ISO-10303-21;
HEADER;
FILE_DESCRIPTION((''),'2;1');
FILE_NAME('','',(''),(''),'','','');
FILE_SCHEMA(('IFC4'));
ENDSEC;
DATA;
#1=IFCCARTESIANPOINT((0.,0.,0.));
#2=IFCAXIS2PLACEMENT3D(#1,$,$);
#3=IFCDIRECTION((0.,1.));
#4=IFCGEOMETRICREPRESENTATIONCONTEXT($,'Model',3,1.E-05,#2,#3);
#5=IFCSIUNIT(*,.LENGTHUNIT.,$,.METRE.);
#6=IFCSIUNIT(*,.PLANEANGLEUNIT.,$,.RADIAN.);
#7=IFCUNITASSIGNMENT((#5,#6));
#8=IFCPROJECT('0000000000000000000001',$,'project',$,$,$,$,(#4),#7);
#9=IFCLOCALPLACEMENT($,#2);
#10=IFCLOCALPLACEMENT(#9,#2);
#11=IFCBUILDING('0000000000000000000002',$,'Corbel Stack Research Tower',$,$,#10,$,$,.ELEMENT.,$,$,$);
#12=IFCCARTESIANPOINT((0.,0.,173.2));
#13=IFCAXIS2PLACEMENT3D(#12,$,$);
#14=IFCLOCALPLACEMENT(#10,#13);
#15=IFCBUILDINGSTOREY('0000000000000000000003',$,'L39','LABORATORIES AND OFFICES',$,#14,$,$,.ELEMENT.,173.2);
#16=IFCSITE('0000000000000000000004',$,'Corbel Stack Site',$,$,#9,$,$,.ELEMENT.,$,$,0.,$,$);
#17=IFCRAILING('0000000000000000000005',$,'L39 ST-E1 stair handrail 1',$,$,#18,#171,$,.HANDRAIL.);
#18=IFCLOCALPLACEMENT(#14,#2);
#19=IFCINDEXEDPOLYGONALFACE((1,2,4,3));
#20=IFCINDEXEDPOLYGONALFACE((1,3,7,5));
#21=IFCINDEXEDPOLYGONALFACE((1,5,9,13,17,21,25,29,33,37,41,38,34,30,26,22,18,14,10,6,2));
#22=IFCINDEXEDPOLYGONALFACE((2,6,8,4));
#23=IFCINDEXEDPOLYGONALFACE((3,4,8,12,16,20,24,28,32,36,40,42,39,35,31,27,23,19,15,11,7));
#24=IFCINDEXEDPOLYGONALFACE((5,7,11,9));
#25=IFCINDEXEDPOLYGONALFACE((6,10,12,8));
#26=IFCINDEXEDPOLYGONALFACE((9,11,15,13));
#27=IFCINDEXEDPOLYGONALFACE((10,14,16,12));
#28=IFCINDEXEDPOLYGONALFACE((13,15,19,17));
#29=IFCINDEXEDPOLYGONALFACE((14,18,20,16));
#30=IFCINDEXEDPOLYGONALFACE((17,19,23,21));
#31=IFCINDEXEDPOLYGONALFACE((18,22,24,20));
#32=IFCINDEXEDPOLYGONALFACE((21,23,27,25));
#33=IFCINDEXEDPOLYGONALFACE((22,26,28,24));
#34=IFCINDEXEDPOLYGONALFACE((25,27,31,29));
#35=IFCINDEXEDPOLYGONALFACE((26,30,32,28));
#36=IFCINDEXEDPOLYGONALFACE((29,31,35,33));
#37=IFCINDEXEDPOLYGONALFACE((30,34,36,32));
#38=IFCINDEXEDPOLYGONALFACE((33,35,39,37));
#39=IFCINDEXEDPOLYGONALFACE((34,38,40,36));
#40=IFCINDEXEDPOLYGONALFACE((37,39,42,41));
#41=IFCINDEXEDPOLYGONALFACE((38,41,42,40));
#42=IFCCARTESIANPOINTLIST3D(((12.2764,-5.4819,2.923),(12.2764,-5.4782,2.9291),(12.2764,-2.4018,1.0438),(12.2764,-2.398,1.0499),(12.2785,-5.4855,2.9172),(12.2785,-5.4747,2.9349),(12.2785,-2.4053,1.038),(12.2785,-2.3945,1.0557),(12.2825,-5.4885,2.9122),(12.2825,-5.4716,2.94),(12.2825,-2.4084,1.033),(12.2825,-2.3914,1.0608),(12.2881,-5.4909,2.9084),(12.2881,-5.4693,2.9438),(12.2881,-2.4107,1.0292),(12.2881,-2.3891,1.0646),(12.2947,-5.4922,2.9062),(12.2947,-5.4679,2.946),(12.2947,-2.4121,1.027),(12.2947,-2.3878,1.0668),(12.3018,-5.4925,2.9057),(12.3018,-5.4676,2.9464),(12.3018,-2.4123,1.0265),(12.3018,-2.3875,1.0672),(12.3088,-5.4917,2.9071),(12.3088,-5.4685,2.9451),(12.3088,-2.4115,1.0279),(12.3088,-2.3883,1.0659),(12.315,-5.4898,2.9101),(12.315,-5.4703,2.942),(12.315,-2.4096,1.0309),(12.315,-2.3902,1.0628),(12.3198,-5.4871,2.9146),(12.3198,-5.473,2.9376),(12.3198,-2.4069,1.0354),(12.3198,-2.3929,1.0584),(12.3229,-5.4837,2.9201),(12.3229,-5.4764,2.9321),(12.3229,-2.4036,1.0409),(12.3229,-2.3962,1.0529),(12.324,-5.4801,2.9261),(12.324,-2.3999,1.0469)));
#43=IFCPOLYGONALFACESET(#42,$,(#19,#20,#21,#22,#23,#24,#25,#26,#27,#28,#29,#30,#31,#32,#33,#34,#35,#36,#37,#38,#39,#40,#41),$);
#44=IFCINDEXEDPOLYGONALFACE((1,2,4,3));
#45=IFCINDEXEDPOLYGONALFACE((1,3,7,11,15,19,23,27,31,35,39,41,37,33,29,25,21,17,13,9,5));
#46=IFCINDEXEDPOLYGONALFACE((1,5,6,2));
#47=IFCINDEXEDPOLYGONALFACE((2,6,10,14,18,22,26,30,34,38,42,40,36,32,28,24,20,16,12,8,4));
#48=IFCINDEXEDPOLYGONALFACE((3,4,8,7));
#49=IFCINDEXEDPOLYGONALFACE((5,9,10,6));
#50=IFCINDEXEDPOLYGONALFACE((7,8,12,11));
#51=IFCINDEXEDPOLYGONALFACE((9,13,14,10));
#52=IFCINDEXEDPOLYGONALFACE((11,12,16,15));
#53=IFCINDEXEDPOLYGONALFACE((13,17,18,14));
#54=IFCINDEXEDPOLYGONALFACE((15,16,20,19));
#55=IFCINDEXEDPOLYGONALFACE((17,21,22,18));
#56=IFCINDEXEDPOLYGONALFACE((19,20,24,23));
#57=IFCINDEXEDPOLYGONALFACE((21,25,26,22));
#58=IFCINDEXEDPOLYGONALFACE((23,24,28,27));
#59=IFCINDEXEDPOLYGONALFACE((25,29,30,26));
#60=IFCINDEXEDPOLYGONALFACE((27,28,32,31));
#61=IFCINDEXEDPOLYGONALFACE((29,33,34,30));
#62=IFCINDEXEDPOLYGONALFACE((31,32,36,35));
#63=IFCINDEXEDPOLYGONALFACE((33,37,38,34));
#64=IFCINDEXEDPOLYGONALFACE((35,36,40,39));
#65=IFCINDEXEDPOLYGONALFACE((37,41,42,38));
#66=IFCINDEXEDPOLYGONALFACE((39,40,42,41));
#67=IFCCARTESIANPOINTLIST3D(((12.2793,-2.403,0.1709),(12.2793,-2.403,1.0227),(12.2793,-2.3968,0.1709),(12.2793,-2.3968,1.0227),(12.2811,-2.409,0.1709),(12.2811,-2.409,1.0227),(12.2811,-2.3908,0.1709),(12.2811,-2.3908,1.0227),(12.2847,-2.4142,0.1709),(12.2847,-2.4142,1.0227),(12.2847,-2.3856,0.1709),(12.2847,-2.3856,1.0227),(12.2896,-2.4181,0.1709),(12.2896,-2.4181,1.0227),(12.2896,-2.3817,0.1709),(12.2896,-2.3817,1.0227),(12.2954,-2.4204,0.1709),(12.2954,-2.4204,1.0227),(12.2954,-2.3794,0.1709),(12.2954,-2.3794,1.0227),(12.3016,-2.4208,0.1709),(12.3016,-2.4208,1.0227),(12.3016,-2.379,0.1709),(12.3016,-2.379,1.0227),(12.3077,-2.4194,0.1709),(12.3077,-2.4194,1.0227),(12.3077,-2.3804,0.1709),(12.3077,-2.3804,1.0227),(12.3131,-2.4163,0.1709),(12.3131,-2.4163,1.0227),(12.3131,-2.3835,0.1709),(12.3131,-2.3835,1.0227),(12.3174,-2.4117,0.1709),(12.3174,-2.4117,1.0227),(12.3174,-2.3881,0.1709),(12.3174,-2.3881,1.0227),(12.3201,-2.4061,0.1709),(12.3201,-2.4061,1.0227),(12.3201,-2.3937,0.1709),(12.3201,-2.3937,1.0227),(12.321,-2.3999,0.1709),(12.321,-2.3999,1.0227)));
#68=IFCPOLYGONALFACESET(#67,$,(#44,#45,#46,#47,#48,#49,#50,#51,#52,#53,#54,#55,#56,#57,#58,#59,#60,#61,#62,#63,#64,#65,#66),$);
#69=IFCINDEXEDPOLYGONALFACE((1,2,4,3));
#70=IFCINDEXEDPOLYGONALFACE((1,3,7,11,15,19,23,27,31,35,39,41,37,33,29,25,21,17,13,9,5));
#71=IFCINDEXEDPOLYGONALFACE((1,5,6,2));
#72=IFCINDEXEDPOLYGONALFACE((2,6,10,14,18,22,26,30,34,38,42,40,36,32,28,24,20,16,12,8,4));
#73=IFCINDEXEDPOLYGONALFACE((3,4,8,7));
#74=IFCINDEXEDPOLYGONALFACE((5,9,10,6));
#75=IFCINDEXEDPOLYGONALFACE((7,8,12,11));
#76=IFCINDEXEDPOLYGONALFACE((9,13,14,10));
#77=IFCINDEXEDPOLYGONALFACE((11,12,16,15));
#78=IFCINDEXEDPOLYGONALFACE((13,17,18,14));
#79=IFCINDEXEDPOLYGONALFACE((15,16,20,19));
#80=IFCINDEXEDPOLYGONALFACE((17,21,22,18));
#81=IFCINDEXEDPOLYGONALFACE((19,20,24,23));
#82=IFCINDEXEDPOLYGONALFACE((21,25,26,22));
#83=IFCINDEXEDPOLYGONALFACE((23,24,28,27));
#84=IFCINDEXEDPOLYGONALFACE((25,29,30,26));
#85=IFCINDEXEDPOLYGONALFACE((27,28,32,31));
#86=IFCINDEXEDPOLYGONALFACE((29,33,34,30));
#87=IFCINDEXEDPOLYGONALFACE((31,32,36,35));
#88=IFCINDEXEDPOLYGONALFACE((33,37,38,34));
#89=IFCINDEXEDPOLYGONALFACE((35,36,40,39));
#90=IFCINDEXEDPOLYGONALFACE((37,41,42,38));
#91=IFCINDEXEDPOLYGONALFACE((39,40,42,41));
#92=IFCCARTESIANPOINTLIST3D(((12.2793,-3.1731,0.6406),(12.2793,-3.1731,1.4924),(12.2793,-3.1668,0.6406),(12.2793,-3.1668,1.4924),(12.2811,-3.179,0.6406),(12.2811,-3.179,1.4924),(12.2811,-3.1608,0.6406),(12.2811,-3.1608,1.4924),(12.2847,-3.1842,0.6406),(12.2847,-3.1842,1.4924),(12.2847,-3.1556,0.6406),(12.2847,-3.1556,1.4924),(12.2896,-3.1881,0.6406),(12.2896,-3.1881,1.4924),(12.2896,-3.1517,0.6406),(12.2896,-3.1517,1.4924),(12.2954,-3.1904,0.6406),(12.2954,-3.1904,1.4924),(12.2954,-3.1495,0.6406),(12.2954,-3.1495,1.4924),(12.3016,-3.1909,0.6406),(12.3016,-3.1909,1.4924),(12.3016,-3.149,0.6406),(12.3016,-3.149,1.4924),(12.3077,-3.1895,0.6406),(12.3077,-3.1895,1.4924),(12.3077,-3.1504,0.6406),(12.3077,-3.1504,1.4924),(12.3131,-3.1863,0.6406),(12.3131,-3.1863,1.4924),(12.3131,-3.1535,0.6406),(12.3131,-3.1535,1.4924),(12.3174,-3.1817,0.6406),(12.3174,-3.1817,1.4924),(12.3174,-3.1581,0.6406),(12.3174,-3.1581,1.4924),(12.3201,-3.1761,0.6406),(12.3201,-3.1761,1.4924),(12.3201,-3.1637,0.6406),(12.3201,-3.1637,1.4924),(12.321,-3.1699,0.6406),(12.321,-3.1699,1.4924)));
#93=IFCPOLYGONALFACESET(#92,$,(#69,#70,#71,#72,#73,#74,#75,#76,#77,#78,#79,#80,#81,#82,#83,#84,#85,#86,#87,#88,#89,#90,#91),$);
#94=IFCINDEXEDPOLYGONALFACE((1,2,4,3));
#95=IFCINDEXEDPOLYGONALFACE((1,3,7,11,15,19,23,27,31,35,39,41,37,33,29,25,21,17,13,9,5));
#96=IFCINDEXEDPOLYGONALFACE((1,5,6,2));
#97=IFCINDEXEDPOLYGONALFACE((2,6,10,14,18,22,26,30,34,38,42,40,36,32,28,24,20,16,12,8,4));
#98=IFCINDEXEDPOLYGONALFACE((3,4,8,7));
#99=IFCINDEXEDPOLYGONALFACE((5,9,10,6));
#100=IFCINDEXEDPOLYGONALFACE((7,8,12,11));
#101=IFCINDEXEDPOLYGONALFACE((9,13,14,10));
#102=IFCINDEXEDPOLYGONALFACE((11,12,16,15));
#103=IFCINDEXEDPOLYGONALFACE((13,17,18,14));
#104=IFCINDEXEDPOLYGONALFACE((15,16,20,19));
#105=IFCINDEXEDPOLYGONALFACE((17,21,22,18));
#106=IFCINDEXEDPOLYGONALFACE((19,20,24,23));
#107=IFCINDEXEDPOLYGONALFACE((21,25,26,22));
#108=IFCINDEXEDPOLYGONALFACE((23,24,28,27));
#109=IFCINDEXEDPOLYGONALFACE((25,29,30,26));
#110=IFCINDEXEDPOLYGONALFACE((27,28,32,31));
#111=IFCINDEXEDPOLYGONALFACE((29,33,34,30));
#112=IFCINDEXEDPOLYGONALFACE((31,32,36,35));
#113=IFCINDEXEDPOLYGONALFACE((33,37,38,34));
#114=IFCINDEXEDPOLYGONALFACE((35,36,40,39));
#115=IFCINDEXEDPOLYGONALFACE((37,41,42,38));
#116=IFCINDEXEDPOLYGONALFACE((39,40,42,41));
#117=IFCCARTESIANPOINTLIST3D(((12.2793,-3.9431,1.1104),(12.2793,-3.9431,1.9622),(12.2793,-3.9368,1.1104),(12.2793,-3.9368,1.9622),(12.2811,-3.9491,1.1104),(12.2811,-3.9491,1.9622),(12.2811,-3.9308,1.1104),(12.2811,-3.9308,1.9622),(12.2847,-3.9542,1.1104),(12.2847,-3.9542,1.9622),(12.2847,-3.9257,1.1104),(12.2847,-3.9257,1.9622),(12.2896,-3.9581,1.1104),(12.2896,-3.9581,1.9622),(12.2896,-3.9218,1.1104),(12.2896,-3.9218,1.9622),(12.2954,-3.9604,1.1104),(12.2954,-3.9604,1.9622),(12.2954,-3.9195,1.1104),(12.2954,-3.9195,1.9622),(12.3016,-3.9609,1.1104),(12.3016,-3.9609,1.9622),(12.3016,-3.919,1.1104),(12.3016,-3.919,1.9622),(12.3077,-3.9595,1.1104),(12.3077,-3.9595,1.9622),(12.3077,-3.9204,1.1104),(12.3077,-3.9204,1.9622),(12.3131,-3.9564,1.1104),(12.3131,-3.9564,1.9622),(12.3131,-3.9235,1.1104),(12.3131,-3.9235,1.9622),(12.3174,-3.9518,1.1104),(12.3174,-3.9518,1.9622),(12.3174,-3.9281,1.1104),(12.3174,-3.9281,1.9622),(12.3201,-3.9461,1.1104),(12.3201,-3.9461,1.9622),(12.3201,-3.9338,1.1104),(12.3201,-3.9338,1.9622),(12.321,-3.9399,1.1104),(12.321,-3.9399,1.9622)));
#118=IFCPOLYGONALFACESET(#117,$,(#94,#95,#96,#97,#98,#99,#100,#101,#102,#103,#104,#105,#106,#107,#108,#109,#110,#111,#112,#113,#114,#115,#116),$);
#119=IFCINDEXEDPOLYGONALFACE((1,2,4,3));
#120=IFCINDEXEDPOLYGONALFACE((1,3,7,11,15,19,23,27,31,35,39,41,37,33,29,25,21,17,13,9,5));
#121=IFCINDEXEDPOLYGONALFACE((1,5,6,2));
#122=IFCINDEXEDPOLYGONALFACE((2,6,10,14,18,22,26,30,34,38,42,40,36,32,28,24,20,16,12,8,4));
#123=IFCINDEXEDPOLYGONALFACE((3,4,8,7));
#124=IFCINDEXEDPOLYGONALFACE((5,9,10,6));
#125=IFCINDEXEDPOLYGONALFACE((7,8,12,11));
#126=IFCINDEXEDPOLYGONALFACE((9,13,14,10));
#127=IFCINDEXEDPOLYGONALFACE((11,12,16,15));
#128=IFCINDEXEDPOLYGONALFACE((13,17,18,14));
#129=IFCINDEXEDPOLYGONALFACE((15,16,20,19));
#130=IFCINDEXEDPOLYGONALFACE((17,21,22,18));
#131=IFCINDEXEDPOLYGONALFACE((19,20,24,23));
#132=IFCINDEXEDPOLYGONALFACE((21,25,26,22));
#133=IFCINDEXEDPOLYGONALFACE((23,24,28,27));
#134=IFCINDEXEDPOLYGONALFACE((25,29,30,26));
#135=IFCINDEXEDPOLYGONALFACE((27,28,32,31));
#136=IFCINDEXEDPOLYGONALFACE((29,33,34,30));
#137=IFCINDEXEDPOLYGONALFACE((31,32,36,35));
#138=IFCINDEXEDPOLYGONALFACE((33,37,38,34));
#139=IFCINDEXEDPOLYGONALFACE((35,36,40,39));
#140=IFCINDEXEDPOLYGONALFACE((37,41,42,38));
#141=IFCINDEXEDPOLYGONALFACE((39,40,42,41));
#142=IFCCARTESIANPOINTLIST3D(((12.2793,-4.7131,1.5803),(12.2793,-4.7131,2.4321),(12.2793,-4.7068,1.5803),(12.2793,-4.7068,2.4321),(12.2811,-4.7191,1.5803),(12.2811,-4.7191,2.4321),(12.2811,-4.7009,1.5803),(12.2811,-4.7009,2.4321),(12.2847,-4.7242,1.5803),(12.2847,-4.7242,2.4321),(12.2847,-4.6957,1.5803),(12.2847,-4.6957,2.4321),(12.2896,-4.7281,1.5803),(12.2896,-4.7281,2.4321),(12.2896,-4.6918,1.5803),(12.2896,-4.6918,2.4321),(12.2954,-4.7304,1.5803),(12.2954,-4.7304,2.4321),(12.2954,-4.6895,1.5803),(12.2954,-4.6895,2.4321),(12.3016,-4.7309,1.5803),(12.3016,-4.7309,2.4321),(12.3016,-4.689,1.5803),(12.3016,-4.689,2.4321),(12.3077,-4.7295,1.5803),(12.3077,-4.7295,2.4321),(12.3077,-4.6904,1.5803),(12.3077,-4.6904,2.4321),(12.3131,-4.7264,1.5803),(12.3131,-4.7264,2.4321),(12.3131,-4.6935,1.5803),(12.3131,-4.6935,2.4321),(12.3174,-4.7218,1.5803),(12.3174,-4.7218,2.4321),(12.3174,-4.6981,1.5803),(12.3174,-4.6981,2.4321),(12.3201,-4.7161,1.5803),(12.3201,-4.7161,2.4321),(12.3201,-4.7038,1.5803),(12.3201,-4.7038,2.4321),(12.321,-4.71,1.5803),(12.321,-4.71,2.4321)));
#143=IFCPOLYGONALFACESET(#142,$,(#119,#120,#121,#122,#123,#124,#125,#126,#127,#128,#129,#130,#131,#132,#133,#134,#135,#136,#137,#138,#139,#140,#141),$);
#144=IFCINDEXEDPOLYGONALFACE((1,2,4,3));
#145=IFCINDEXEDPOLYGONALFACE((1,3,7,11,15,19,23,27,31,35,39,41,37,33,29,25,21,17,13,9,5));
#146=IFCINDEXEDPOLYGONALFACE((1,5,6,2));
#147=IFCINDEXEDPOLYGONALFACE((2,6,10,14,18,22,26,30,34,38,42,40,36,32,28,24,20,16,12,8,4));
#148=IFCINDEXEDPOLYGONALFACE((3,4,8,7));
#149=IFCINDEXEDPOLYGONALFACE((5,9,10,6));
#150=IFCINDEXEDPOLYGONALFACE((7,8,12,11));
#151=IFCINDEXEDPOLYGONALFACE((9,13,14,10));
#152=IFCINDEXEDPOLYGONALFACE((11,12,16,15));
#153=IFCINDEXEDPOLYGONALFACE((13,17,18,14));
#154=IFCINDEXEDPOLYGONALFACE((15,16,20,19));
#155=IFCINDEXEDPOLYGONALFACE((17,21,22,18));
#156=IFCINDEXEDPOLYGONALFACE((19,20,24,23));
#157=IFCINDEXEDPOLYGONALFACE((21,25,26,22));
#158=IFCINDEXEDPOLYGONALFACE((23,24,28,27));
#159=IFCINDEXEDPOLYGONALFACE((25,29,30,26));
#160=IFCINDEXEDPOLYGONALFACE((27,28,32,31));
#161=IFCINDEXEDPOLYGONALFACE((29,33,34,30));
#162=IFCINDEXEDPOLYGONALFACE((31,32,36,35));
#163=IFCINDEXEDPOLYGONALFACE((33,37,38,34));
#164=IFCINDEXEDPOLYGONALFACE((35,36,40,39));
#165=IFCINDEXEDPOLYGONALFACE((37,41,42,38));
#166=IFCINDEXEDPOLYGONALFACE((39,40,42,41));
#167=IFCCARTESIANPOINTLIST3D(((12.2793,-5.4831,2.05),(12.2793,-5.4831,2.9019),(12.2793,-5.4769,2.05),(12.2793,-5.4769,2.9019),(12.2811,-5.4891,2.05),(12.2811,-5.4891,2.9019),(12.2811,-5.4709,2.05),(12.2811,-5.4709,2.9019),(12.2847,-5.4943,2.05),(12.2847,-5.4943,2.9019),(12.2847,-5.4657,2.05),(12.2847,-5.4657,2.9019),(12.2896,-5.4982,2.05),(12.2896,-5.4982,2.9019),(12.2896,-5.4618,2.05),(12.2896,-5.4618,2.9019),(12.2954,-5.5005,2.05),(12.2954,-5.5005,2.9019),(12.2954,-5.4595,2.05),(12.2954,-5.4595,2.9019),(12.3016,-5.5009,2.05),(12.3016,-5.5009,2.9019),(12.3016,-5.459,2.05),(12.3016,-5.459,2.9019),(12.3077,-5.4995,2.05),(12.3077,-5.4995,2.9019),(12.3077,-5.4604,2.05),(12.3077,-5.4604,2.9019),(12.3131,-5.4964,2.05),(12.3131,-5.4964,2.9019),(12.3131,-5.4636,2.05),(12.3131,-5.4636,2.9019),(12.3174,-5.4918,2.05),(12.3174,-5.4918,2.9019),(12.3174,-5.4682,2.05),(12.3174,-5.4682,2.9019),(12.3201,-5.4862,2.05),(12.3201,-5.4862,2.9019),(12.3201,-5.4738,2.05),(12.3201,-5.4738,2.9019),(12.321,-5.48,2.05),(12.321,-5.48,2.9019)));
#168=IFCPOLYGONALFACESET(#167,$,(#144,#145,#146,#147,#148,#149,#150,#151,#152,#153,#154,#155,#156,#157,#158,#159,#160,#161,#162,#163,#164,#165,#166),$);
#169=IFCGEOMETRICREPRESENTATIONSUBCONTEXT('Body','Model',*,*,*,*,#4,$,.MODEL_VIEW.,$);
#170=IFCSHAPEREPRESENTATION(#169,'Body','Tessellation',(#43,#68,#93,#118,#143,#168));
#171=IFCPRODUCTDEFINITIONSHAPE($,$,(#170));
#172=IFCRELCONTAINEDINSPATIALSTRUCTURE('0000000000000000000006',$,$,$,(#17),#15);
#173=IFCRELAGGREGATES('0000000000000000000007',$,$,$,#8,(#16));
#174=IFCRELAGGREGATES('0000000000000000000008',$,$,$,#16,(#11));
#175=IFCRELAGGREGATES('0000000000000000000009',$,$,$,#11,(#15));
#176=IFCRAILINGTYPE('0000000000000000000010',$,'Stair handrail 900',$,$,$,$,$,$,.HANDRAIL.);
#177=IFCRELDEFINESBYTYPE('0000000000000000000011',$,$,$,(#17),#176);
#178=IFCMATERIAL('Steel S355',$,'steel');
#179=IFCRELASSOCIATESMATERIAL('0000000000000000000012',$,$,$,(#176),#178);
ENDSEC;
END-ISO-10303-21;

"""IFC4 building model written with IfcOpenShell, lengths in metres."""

from ifc_helpers import new_model, si_unit, direction, frame, origin, origin_2d, place, context, subcontext, project, spatial, circle, extrude, material, type_object, element, save


model = new_model("IFC4")

# Units and contexts
model_context = context("Model", 3, precision=1e-05, world=origin(), true_north=direction((0.0, 1.0)))
body_context = subcontext(model_context, "Body", "Model", "MODEL_VIEW")
ifc_project = project(units=[si_unit("LENGTHUNIT", "METRE"), si_unit("PLANEANGLEUNIT", "RADIAN")], contexts=[model_context])

# Site, building, storey
site_placement = place(None, origin())
site = spatial("IfcSite", under=ifc_project, at=site_placement, Name="Corbel Stack Site", CompositionType="ELEMENT", RefElevation=0.0)
building_placement = place(site_placement, origin())
building = spatial("IfcBuilding", under=site, at=building_placement, Name="Corbel Stack Research Tower", CompositionType="ELEMENT")
storey_placement = place(building_placement, frame((0.0, 0.0, 173.2)))
storey = spatial("IfcBuildingStorey", under=building, at=storey_placement, Name="L39", Description="LABORATORIES AND OFFICES", CompositionType="ELEMENT", Elevation=173.2)

# Railing
ifc_material_1 = material(Name="Steel S355", Category="steel")
railing_type_1 = type_object("IfcRailingType", Name="Stair handrail 900", PredefinedType="HANDRAIL", material=ifc_material_1)
railing_1_placement = place(storey_placement, frame((12.3, -2.3999, 0.1709)))
element("IfcRailing", 1, at=railing_1_placement, inside=storey, type_object=railing_type_1, Name="L39 ST-E1 stair handrail 1", PredefinedType="HANDRAIL", context=body_context, shape_type="SweptSolid", body=[
    extrude(circle(Radius=0.0239, at=origin_2d()), frame((0.0, 0.0, 0.876), z_axis=(0.0, -0.853666, 0.52082), x_axis=(1.0, 0.0, 0.0)), (0.0, 0.0, 1.0), 3.6082),
    extrude(circle(Radius=0.021, at=origin_2d()), origin(), (0.0, 0.0, 1.0), 0.8518),
    extrude(circle(Radius=0.021, at=origin_2d()), frame((0.0, -0.77, 0.4697)), (0.0, 0.0, 1.0), 0.8518),
    extrude(circle(Radius=0.021, at=origin_2d()), frame((0.0, -1.54, 0.9395)), (0.0, 0.0, 1.0), 0.8518),
    extrude(circle(Radius=0.021, at=origin_2d()), frame((0.0, -2.3101, 1.4094)), (0.0, 0.0, 1.0), 0.8518),
    extrude(circle(Radius=0.021, at=origin_2d()), frame((0.0, -3.0801, 1.8792)), (0.0, 0.0, 1.0), 0.8518),
])

save(model, "model.ifc")
